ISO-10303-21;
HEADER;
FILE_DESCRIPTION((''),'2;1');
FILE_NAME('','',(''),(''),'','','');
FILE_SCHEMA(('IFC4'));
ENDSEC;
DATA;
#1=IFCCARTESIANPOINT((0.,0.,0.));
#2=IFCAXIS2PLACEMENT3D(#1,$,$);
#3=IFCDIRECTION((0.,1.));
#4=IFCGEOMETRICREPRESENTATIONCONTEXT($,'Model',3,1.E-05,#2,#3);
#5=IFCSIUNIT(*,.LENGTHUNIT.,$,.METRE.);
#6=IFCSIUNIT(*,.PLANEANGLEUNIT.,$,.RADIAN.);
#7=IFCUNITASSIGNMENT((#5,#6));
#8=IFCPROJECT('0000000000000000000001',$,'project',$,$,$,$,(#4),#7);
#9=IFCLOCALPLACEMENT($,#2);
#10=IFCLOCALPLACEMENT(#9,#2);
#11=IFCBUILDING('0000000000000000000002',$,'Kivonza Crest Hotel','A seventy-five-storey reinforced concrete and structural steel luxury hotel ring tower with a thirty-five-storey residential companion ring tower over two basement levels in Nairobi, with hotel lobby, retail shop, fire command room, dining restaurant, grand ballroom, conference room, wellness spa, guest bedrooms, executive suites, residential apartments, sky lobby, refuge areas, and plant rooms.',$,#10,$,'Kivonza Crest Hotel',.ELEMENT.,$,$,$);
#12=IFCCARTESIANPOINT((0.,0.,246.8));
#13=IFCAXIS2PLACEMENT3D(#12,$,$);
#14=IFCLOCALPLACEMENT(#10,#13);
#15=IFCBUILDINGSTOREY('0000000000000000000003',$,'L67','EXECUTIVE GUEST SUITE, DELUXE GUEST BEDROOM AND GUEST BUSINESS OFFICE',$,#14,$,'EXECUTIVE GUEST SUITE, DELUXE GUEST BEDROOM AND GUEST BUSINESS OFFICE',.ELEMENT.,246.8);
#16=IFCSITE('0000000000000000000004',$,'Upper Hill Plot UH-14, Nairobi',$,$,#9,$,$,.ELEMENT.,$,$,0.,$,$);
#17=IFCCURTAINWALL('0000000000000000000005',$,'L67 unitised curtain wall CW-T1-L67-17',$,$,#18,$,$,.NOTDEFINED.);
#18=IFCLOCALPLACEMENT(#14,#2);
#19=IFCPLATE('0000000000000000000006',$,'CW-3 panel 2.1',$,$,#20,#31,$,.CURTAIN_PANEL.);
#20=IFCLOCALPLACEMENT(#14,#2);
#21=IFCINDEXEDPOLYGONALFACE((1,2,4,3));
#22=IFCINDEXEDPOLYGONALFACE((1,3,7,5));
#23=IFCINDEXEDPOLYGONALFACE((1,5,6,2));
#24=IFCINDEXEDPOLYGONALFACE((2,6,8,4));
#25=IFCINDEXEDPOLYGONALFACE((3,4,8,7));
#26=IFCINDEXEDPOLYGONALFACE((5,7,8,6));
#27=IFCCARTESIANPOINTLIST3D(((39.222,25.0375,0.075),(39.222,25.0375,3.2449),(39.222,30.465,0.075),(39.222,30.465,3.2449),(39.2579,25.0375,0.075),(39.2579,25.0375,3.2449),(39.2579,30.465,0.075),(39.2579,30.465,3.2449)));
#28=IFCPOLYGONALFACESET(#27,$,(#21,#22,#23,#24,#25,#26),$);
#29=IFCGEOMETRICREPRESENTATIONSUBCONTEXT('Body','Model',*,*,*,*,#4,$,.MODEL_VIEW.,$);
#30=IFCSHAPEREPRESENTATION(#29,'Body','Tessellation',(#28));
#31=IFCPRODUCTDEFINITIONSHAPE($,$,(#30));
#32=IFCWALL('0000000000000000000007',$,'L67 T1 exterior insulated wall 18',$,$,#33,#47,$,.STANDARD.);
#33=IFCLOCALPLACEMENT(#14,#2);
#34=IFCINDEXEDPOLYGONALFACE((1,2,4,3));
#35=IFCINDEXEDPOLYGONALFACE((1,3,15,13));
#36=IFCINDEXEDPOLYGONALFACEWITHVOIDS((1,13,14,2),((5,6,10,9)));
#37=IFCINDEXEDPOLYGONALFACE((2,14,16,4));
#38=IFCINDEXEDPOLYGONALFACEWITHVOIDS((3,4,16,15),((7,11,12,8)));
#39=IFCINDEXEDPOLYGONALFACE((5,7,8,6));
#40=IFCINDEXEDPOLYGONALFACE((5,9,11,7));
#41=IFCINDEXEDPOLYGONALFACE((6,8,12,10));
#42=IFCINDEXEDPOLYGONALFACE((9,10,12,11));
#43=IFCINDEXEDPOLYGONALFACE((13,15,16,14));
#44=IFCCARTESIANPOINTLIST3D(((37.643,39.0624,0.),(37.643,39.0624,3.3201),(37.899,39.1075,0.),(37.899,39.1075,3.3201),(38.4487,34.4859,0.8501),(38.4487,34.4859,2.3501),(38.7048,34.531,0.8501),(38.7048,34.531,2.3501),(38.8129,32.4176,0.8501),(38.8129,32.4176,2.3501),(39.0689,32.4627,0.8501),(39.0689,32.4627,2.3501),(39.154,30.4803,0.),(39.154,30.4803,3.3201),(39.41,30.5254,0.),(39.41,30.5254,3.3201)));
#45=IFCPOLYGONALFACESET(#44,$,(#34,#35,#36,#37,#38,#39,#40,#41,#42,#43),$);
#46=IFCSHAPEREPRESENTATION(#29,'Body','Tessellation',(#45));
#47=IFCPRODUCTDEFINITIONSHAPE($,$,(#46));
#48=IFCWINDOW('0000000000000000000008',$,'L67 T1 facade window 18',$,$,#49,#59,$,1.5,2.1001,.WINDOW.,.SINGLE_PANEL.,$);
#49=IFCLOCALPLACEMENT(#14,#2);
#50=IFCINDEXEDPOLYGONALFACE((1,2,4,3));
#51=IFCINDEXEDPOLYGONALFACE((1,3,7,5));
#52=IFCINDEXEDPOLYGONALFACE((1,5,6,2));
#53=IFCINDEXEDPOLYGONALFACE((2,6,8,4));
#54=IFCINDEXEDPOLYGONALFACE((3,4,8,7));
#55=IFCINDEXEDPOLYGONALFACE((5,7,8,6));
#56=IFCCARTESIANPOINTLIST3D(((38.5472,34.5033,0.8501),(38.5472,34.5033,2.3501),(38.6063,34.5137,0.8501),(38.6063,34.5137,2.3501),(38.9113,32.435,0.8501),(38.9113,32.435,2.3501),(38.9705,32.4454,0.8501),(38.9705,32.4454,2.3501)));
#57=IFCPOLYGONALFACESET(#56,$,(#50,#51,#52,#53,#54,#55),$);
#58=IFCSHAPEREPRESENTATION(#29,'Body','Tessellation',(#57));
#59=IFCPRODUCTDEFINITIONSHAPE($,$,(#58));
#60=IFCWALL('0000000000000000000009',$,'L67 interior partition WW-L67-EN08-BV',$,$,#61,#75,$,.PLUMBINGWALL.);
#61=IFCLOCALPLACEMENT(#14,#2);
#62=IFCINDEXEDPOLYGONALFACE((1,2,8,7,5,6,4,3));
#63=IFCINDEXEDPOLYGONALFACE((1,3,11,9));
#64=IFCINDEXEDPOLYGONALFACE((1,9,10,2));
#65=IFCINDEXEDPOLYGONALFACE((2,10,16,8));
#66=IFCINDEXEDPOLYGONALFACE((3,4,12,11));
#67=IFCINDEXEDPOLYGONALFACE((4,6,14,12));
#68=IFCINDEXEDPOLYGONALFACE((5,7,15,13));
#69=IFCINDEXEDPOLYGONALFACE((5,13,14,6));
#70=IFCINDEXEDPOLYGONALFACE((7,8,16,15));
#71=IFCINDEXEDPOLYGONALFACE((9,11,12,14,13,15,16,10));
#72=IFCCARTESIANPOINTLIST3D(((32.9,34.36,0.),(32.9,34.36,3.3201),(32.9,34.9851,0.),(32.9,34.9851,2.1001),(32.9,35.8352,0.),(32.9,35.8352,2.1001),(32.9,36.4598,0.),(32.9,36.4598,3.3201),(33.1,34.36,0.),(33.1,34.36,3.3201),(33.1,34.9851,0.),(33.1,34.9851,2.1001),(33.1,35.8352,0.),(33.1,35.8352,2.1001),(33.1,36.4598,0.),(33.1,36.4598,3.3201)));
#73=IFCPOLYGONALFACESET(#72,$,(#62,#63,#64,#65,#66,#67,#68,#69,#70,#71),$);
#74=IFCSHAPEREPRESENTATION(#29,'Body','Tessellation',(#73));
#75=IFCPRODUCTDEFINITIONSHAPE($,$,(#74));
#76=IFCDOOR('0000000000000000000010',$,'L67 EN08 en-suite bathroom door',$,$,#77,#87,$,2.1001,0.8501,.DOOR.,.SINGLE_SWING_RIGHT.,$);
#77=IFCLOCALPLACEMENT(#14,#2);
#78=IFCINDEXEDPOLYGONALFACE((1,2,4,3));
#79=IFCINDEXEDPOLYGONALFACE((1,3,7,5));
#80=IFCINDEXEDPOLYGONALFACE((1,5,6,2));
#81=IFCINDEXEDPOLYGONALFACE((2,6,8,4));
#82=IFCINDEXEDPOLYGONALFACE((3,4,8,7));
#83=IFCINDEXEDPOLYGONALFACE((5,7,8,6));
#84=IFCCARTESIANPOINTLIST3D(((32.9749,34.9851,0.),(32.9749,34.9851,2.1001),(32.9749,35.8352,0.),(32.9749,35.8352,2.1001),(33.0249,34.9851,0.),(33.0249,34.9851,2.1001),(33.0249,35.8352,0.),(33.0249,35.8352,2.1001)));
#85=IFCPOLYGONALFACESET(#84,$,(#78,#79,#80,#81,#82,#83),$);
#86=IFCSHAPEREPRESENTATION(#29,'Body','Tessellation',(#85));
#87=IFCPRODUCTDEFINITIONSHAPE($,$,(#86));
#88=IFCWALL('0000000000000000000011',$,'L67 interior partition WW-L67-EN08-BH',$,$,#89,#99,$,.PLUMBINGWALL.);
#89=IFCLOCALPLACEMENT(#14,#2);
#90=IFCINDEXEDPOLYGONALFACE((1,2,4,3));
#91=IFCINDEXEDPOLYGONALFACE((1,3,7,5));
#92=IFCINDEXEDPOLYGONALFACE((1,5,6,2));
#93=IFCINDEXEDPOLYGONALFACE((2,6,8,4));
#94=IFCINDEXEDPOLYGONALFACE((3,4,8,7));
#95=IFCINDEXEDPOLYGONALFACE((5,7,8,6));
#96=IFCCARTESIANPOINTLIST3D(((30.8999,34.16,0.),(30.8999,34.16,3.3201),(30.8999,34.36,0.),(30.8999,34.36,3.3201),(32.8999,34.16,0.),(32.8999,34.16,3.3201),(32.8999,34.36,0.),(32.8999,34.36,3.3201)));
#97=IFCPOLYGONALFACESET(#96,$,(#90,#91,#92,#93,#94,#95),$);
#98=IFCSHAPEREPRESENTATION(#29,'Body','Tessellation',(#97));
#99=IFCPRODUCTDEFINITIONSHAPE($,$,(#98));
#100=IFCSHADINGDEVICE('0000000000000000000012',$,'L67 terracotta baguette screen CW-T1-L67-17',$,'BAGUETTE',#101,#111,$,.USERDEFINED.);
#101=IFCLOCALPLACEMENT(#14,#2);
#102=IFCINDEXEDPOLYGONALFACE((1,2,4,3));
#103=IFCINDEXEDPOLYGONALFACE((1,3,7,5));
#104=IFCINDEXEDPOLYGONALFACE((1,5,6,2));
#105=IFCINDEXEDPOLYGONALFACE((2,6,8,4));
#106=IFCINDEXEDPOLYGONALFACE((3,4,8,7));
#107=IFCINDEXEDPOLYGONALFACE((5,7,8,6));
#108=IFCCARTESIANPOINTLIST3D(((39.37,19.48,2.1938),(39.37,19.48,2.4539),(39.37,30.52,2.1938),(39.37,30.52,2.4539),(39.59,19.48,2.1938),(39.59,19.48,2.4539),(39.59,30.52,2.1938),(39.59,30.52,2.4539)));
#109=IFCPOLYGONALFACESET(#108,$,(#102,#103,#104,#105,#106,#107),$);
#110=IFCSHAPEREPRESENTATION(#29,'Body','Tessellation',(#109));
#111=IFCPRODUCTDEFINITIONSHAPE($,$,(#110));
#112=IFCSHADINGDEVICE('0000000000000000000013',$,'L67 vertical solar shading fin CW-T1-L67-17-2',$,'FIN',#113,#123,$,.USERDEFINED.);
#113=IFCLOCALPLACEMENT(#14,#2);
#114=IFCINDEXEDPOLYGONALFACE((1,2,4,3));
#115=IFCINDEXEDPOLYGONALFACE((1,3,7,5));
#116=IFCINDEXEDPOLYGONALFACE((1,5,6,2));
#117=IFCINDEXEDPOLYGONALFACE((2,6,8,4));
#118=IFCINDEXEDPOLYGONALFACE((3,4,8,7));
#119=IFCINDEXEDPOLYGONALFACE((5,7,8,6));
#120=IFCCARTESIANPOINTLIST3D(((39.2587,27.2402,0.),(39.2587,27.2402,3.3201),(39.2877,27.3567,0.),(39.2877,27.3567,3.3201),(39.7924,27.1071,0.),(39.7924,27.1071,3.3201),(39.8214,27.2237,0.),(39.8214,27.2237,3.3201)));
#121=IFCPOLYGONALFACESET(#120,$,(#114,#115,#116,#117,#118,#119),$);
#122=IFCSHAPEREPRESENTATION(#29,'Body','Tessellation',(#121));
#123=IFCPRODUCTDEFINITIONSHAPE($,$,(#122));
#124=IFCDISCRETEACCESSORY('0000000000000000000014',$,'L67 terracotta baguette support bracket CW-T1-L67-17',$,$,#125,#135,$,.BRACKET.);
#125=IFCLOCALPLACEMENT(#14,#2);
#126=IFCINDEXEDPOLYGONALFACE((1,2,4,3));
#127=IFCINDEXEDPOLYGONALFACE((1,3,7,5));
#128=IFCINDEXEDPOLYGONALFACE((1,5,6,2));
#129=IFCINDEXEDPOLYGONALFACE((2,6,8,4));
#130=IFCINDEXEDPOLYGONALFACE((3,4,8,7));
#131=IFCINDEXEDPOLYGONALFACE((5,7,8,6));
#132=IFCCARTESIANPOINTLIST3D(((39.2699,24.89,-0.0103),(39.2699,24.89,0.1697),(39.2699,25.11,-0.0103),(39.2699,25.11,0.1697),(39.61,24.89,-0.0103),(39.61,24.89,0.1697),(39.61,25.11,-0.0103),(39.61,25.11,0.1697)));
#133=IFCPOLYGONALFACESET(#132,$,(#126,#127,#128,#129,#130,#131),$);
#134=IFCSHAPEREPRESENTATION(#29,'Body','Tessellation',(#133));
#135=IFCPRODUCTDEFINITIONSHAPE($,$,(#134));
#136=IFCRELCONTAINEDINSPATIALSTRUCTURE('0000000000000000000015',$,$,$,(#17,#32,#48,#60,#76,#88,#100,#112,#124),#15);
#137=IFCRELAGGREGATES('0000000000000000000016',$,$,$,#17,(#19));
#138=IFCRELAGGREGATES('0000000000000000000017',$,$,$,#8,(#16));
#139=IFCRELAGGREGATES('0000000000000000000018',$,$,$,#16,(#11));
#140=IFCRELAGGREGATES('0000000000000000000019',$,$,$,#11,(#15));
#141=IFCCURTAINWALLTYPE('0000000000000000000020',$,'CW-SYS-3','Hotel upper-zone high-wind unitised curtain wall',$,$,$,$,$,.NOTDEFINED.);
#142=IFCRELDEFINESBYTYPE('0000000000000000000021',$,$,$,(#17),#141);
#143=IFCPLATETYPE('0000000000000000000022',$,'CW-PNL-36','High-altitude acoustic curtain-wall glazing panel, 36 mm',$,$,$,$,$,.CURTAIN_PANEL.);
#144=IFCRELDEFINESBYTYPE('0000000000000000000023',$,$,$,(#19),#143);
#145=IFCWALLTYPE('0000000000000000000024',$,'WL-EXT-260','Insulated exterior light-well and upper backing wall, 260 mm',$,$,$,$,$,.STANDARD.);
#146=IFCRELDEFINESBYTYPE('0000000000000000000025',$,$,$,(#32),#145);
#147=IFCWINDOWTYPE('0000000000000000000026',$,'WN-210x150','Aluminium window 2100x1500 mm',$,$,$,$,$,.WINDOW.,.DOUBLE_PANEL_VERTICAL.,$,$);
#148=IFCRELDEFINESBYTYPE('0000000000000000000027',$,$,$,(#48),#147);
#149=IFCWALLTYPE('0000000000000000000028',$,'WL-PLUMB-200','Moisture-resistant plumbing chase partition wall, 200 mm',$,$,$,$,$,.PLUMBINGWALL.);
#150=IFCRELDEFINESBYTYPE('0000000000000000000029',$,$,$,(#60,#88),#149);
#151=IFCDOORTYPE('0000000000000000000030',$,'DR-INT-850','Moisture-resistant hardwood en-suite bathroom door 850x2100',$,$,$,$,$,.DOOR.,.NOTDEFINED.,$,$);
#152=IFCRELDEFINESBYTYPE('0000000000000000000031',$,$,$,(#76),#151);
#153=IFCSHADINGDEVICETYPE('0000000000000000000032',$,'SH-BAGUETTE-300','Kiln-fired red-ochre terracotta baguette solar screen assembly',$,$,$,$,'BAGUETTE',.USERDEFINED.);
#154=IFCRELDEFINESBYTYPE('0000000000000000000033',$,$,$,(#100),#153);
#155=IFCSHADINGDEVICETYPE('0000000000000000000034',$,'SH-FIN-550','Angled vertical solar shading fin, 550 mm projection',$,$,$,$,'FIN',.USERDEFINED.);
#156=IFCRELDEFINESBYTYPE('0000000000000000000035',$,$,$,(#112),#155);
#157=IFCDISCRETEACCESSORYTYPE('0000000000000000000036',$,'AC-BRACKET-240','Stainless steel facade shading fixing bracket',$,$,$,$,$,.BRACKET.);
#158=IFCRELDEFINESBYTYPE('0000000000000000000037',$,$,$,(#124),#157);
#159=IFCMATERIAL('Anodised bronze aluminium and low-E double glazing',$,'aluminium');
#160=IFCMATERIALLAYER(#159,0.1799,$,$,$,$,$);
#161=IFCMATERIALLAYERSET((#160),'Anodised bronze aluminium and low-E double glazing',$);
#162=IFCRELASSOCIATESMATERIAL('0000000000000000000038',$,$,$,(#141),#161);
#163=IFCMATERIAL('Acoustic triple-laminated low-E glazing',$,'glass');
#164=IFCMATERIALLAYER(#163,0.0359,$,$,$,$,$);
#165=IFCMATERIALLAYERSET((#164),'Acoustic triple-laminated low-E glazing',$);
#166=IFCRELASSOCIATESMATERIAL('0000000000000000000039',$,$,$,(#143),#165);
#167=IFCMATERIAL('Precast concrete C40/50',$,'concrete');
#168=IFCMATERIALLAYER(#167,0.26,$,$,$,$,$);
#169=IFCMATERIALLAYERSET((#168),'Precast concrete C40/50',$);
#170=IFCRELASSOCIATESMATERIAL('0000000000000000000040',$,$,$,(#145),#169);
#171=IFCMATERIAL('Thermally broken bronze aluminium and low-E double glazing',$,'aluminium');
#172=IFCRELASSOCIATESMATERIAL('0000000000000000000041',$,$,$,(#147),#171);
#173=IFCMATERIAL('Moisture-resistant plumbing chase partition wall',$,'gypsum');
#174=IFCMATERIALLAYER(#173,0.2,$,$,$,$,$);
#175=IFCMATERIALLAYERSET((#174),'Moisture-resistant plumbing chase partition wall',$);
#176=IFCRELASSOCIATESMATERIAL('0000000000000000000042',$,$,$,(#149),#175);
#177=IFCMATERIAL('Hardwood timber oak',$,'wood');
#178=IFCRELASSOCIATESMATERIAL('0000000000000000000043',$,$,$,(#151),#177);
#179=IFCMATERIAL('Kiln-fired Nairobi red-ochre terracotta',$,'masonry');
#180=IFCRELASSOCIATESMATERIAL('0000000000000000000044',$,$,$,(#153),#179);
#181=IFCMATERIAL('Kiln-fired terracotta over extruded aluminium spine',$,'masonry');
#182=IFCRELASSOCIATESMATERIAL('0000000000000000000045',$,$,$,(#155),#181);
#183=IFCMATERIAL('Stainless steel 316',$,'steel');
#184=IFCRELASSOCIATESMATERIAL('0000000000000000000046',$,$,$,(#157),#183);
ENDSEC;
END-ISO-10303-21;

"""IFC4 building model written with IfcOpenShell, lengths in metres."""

from ifc_helpers import new_model, si_unit, direction, frame, frame_2d, origin, origin_2d, place, context, subcontext, project, spatial, rectangle, extrude, material, layer, layer_set, type_object, element, fill, aggregate, save


model = new_model("IFC4")

# Units and contexts
model_context = context("Model", 3, precision=1e-05, world=origin(), true_north=direction((0.0, 1.0)))
body_context = subcontext(model_context, "Body", "Model", "MODEL_VIEW")
ifc_project = project(units=[si_unit("LENGTHUNIT", "METRE"), si_unit("PLANEANGLEUNIT", "RADIAN")], contexts=[model_context])

# Site, building, storey
site_placement = place(None, origin())
site = spatial("IfcSite", under=ifc_project, at=site_placement, Name="Upper Hill Plot UH-14, Nairobi", CompositionType="ELEMENT", RefElevation=0.0)
building_placement = place(site_placement, origin())
building = spatial("IfcBuilding", under=site, at=building_placement, Name="Kivonza Crest Hotel", Description="A seventy-five-storey reinforced concrete and structural steel luxury hotel ring tower with a thirty-five-storey residential companion ring tower over two basement levels in Nairobi, with hotel lobby, retail shop, fire command room, dining restaurant, grand ballroom, conference room, wellness spa, guest bedrooms, executive suites, residential apartments, sky lobby, refuge areas, and plant rooms.", LongName="Kivonza Crest Hotel", CompositionType="ELEMENT")
storey_placement = place(building_placement, frame((0.0, 0.0, 246.8)))
storey = spatial("IfcBuildingStorey", under=building, at=storey_placement, Name="L67", Description="EXECUTIVE GUEST SUITE, DELUXE GUEST BEDROOM AND GUEST BUSINESS OFFICE", LongName="EXECUTIVE GUEST SUITE, DELUXE GUEST BEDROOM AND GUEST BUSINESS OFFICE", CompositionType="ELEMENT", Elevation=246.8)

# Curtain wall, plate
ifc_material_1 = material(Name="Anodised bronze aluminium and low-E double glazing", Category="aluminium")
ifc_layer_1 = layer(ifc_material_1, 0.1799)
ifc_layer_set_1 = layer_set([ifc_layer_1], Name="Anodised bronze aluminium and low-E double glazing")
curtain_wall_type = type_object("IfcCurtainWallType", Name="CW-SYS-3", Description="Hotel upper-zone high-wind unitised curtain wall", PredefinedType="NOTDEFINED", material=ifc_layer_set_1)
curtain_wall_placement = place(storey_placement, origin())
curtain_wall = element("IfcCurtainWall", 1, at=curtain_wall_placement, inside=storey, type_object=curtain_wall_type, Name="L67 unitised curtain wall CW-T1-L67-17", PredefinedType="NOTDEFINED")
ifc_material_2 = material(Name="Acoustic triple-laminated low-E glazing", Category="glass")
ifc_layer_2 = layer(ifc_material_2, 0.0359)
ifc_layer_set_2 = layer_set([ifc_layer_2], Name="Acoustic triple-laminated low-E glazing")
plate_type = type_object("IfcPlateType", Name="CW-PNL-36", Description="High-altitude acoustic curtain-wall glazing panel, 36 mm", PredefinedType="CURTAIN_PANEL", material=ifc_layer_set_2)
plate_placement = place(storey_placement, frame((39.24, 27.7512, 0.075), z_axis=(0.0, 0.0, 1.0), x_axis=(0.0, 1.0, 0.0)))
plate = element("IfcPlate", 2, at=plate_placement, type_object=plate_type, Name="CW-3 panel 2.1", PredefinedType="CURTAIN_PANEL", context=body_context, shape_type="SweptSolid", body=[
    extrude(rectangle(XDim=5.4275, YDim=0.0359, at=origin_2d()), origin(), (0.0, 0.0, 1.0), 3.1699),
])
aggregate(curtain_wall, [plate])

# Wall, opening, window
ifc_material_3 = material(Name="Precast concrete C40/50", Category="concrete")
ifc_layer_3 = layer(ifc_material_3, 0.26)
ifc_layer_set_3 = layer_set([ifc_layer_3], Name="Precast concrete C40/50")
wall_type_1 = type_object("IfcWallType", Name="WL-EXT-260", Description="Insulated exterior light-well and upper backing wall, 260 mm", PredefinedType="STANDARD", material=ifc_layer_set_3)
wall_1_placement = place(storey_placement, frame((39.282, 30.5029, 0.0), z_axis=(0.0, 0.0, 1.0), x_axis=(-0.173397, 0.984852, 0.0)))
wall_1 = element("IfcWall", 3, at=wall_1_placement, inside=storey, type_object=wall_type_1, Name="L67 T1 exterior insulated wall 18", PredefinedType="STANDARD", context=body_context, shape_type="SweptSolid", body=[
    extrude(rectangle(XDim=8.7141, YDim=0.26, at=frame_2d((4.3569, 0.0))), origin(), (0.0, 0.0, 1.0), 3.3201),
])
opening_1_placement = place(wall_1_placement, frame((1.967, 0.0, 0.8501)))
opening_1 = element("IfcOpeningElement", 4, at=opening_1_placement, cuts=wall_1, PredefinedType="OPENING", context=body_context, shape_type="SweptSolid", body=[
    extrude(rectangle(XDim=2.1001, YDim=1.5, at=frame_2d((1.05, 0.75))), frame((0.0, 0.1401, 0.0), z_axis=(0.0, -1.0, 0.0), x_axis=(1.0, 0.0, 0.0)), (0.0, 0.0, 1.0), 0.28),
])
ifc_material_4 = material(Name="Thermally broken bronze aluminium and low-E double glazing", Category="aluminium")
window_type = type_object("IfcWindowType", Name="WN-210x150", Description="Aluminium window 2100x1500 mm", PartitioningType="DOUBLE_PANEL_VERTICAL", PredefinedType="WINDOW", material=ifc_material_4)
window_placement = place(opening_1_placement, origin())
window = element("IfcWindow", 5, at=window_placement, inside=storey, type_object=window_type, Name="L67 T1 facade window 18", OverallHeight=1.5, OverallWidth=2.1001, PartitioningType="SINGLE_PANEL", PredefinedType="WINDOW", context=body_context, shape_type="SweptSolid", body=[
    extrude(rectangle(XDim=2.1001, YDim=1.5, at=frame_2d((1.05, 0.75))), frame((0.0, 0.03, 0.0), z_axis=(0.0, -1.0, 0.0), x_axis=(1.0, 0.0, 0.0)), (0.0, 0.0, 1.0), 0.0601),
])
fill(opening_1, window)

# Wall, opening, door
ifc_material_5 = material(Name="Moisture-resistant plumbing chase partition wall", Category="gypsum")
ifc_layer_4 = layer(ifc_material_5, 0.2)
ifc_layer_set_4 = layer_set([ifc_layer_4], Name="Moisture-resistant plumbing chase partition wall")
wall_type_2 = type_object("IfcWallType", Name="WL-PLUMB-200", Description="Moisture-resistant plumbing chase partition wall, 200 mm", PredefinedType="PLUMBINGWALL", material=ifc_layer_set_4)
wall_2_placement = place(storey_placement, frame((33.0, 34.3601, 0.0), z_axis=(0.0, 0.0, 1.0), x_axis=(0.0, 1.0, 0.0)))
wall_2 = element("IfcWall", 6, at=wall_2_placement, inside=storey, type_object=wall_type_2, Name="L67 interior partition WW-L67-EN08-BV", PredefinedType="PLUMBINGWALL", context=body_context, shape_type="SweptSolid", body=[
    extrude(rectangle(XDim=2.0999, YDim=0.2, at=frame_2d((1.0498, 0.0))), origin(), (0.0, 0.0, 1.0), 3.3201),
])
opening_2_placement = place(wall_2_placement, frame((0.625, 0.0, 0.0)))
opening_2 = element("IfcOpeningElement", 7, at=opening_2_placement, cuts=wall_2, PredefinedType="OPENING", context=body_context, shape_type="SweptSolid", body=[
    extrude(rectangle(XDim=0.8501, YDim=2.1001, at=frame_2d((0.425, 1.05))), frame((0.0, 0.1099, 0.0), z_axis=(0.0, -1.0, 0.0), x_axis=(1.0, 0.0, 0.0)), (0.0, 0.0, 1.0), 0.22),
])
ifc_material_6 = material(Name="Hardwood timber oak", Category="wood")
door_type = type_object("IfcDoorType", Name="DR-INT-850", Description="Moisture-resistant hardwood en-suite bathroom door 850x2100", OperationType="NOTDEFINED", PredefinedType="DOOR", material=ifc_material_6)
door_placement = place(opening_2_placement, frame((0.8501, 0.0, 0.0), z_axis=(0.0, 0.0, 1.0), x_axis=(-1.0, 0.0, 0.0)))
door = element("IfcDoor", 8, at=door_placement, inside=storey, type_object=door_type, Name="L67 EN08 en-suite bathroom door", OperationType="SINGLE_SWING_RIGHT", OverallHeight=2.1001, OverallWidth=0.8501, PredefinedType="DOOR", context=body_context, shape_type="SweptSolid", body=[
    extrude(rectangle(XDim=0.8501, YDim=2.1001, at=frame_2d((0.425, 1.05))), frame((0.0, 0.0249, 0.0), z_axis=(0.0, -1.0, 0.0), x_axis=(1.0, 0.0, 0.0)), (0.0, 0.0, 1.0), 0.05),
])
fill(opening_2, door)

# Wall
wall_3_placement = place(storey_placement, frame((30.8999, 34.26, 0.0), z_axis=(0.0, 0.0, 1.0), x_axis=(1.0, 0.0, 0.0)))
element("IfcWall", 9, at=wall_3_placement, inside=storey, type_object=wall_type_2, Name="L67 interior partition WW-L67-EN08-BH", PredefinedType="PLUMBINGWALL", context=body_context, shape_type="SweptSolid", body=[
    extrude(rectangle(XDim=2.0, YDim=0.2, at=frame_2d((1.0, 0.0))), origin(), (0.0, 0.0, 1.0), 3.3201),
])

# Shading devices
ifc_material_7 = material(Name="Kiln-fired Nairobi red-ochre terracotta", Category="masonry")
shading_device_type_1 = type_object("IfcShadingDeviceType", Name="SH-BAGUETTE-300", Description="Kiln-fired red-ochre terracotta baguette solar screen assembly", ElementType="BAGUETTE", PredefinedType="USERDEFINED", material=ifc_material_7)
shading_device_1_placement = place(storey_placement, frame((39.48, 25.0, 2.1938), z_axis=(0.0, 0.0, 1.0), x_axis=(0.0, 1.0, 0.0)))
element("IfcShadingDevice", 10, at=shading_device_1_placement, inside=storey, type_object=shading_device_type_1, Name="L67 terracotta baguette screen CW-T1-L67-17", ObjectType="BAGUETTE", PredefinedType="USERDEFINED", context=body_context, shape_type="SweptSolid", body=[
    extrude(rectangle(XDim=11.04, YDim=0.22, at=origin_2d()), origin(), (0.0, 0.0, 1.0), 0.26),
])
ifc_material_8 = material(Name="Kiln-fired terracotta over extruded aluminium spine", Category="masonry")
shading_device_type_2 = type_object("IfcShadingDeviceType", Name="SH-FIN-550", Description="Angled vertical solar shading fin, 550 mm projection", ElementType="FIN", PredefinedType="USERDEFINED", material=ifc_material_8)
shading_device_2_placement = place(storey_placement, frame((39.54, 27.2319, 0.0), z_axis=(0.0, 0.0, 1.0), x_axis=(0.241922, 0.970296, 0.0)))
element("IfcShadingDevice", 11, at=shading_device_2_placement, inside=storey, type_object=shading_device_type_2, Name="L67 vertical solar shading fin CW-T1-L67-17-2", ObjectType="FIN", PredefinedType="USERDEFINED", context=body_context, shape_type="SweptSolid", body=[
    extrude(rectangle(XDim=0.1201, YDim=0.55, at=origin_2d()), origin(), (0.0, 0.0, 1.0), 3.3201),
])

# Discrete accessory
ifc_material_9 = material(Name="Stainless steel 316", Category="steel")
discrete_accessory_type = type_object("IfcDiscreteAccessoryType", Name="AC-BRACKET-240", Description="Stainless steel facade shading fixing bracket", PredefinedType="BRACKET", material=ifc_material_9)
discrete_accessory_placement = place(storey_placement, frame((39.4399, 25.0, -0.0103), z_axis=(0.0, 0.0, 1.0), x_axis=(0.0, 1.0, 0.0)))
element("IfcDiscreteAccessory", 12, at=discrete_accessory_placement, inside=storey, type_object=discrete_accessory_type, Name="L67 terracotta baguette support bracket CW-T1-L67-17", PredefinedType="BRACKET", context=body_context, shape_type="SweptSolid", body=[
    extrude(rectangle(XDim=0.22, YDim=0.3401, at=origin_2d()), origin(), (0.0, 0.0, 1.0), 0.1799),
])

save(model, "model.ifc")
